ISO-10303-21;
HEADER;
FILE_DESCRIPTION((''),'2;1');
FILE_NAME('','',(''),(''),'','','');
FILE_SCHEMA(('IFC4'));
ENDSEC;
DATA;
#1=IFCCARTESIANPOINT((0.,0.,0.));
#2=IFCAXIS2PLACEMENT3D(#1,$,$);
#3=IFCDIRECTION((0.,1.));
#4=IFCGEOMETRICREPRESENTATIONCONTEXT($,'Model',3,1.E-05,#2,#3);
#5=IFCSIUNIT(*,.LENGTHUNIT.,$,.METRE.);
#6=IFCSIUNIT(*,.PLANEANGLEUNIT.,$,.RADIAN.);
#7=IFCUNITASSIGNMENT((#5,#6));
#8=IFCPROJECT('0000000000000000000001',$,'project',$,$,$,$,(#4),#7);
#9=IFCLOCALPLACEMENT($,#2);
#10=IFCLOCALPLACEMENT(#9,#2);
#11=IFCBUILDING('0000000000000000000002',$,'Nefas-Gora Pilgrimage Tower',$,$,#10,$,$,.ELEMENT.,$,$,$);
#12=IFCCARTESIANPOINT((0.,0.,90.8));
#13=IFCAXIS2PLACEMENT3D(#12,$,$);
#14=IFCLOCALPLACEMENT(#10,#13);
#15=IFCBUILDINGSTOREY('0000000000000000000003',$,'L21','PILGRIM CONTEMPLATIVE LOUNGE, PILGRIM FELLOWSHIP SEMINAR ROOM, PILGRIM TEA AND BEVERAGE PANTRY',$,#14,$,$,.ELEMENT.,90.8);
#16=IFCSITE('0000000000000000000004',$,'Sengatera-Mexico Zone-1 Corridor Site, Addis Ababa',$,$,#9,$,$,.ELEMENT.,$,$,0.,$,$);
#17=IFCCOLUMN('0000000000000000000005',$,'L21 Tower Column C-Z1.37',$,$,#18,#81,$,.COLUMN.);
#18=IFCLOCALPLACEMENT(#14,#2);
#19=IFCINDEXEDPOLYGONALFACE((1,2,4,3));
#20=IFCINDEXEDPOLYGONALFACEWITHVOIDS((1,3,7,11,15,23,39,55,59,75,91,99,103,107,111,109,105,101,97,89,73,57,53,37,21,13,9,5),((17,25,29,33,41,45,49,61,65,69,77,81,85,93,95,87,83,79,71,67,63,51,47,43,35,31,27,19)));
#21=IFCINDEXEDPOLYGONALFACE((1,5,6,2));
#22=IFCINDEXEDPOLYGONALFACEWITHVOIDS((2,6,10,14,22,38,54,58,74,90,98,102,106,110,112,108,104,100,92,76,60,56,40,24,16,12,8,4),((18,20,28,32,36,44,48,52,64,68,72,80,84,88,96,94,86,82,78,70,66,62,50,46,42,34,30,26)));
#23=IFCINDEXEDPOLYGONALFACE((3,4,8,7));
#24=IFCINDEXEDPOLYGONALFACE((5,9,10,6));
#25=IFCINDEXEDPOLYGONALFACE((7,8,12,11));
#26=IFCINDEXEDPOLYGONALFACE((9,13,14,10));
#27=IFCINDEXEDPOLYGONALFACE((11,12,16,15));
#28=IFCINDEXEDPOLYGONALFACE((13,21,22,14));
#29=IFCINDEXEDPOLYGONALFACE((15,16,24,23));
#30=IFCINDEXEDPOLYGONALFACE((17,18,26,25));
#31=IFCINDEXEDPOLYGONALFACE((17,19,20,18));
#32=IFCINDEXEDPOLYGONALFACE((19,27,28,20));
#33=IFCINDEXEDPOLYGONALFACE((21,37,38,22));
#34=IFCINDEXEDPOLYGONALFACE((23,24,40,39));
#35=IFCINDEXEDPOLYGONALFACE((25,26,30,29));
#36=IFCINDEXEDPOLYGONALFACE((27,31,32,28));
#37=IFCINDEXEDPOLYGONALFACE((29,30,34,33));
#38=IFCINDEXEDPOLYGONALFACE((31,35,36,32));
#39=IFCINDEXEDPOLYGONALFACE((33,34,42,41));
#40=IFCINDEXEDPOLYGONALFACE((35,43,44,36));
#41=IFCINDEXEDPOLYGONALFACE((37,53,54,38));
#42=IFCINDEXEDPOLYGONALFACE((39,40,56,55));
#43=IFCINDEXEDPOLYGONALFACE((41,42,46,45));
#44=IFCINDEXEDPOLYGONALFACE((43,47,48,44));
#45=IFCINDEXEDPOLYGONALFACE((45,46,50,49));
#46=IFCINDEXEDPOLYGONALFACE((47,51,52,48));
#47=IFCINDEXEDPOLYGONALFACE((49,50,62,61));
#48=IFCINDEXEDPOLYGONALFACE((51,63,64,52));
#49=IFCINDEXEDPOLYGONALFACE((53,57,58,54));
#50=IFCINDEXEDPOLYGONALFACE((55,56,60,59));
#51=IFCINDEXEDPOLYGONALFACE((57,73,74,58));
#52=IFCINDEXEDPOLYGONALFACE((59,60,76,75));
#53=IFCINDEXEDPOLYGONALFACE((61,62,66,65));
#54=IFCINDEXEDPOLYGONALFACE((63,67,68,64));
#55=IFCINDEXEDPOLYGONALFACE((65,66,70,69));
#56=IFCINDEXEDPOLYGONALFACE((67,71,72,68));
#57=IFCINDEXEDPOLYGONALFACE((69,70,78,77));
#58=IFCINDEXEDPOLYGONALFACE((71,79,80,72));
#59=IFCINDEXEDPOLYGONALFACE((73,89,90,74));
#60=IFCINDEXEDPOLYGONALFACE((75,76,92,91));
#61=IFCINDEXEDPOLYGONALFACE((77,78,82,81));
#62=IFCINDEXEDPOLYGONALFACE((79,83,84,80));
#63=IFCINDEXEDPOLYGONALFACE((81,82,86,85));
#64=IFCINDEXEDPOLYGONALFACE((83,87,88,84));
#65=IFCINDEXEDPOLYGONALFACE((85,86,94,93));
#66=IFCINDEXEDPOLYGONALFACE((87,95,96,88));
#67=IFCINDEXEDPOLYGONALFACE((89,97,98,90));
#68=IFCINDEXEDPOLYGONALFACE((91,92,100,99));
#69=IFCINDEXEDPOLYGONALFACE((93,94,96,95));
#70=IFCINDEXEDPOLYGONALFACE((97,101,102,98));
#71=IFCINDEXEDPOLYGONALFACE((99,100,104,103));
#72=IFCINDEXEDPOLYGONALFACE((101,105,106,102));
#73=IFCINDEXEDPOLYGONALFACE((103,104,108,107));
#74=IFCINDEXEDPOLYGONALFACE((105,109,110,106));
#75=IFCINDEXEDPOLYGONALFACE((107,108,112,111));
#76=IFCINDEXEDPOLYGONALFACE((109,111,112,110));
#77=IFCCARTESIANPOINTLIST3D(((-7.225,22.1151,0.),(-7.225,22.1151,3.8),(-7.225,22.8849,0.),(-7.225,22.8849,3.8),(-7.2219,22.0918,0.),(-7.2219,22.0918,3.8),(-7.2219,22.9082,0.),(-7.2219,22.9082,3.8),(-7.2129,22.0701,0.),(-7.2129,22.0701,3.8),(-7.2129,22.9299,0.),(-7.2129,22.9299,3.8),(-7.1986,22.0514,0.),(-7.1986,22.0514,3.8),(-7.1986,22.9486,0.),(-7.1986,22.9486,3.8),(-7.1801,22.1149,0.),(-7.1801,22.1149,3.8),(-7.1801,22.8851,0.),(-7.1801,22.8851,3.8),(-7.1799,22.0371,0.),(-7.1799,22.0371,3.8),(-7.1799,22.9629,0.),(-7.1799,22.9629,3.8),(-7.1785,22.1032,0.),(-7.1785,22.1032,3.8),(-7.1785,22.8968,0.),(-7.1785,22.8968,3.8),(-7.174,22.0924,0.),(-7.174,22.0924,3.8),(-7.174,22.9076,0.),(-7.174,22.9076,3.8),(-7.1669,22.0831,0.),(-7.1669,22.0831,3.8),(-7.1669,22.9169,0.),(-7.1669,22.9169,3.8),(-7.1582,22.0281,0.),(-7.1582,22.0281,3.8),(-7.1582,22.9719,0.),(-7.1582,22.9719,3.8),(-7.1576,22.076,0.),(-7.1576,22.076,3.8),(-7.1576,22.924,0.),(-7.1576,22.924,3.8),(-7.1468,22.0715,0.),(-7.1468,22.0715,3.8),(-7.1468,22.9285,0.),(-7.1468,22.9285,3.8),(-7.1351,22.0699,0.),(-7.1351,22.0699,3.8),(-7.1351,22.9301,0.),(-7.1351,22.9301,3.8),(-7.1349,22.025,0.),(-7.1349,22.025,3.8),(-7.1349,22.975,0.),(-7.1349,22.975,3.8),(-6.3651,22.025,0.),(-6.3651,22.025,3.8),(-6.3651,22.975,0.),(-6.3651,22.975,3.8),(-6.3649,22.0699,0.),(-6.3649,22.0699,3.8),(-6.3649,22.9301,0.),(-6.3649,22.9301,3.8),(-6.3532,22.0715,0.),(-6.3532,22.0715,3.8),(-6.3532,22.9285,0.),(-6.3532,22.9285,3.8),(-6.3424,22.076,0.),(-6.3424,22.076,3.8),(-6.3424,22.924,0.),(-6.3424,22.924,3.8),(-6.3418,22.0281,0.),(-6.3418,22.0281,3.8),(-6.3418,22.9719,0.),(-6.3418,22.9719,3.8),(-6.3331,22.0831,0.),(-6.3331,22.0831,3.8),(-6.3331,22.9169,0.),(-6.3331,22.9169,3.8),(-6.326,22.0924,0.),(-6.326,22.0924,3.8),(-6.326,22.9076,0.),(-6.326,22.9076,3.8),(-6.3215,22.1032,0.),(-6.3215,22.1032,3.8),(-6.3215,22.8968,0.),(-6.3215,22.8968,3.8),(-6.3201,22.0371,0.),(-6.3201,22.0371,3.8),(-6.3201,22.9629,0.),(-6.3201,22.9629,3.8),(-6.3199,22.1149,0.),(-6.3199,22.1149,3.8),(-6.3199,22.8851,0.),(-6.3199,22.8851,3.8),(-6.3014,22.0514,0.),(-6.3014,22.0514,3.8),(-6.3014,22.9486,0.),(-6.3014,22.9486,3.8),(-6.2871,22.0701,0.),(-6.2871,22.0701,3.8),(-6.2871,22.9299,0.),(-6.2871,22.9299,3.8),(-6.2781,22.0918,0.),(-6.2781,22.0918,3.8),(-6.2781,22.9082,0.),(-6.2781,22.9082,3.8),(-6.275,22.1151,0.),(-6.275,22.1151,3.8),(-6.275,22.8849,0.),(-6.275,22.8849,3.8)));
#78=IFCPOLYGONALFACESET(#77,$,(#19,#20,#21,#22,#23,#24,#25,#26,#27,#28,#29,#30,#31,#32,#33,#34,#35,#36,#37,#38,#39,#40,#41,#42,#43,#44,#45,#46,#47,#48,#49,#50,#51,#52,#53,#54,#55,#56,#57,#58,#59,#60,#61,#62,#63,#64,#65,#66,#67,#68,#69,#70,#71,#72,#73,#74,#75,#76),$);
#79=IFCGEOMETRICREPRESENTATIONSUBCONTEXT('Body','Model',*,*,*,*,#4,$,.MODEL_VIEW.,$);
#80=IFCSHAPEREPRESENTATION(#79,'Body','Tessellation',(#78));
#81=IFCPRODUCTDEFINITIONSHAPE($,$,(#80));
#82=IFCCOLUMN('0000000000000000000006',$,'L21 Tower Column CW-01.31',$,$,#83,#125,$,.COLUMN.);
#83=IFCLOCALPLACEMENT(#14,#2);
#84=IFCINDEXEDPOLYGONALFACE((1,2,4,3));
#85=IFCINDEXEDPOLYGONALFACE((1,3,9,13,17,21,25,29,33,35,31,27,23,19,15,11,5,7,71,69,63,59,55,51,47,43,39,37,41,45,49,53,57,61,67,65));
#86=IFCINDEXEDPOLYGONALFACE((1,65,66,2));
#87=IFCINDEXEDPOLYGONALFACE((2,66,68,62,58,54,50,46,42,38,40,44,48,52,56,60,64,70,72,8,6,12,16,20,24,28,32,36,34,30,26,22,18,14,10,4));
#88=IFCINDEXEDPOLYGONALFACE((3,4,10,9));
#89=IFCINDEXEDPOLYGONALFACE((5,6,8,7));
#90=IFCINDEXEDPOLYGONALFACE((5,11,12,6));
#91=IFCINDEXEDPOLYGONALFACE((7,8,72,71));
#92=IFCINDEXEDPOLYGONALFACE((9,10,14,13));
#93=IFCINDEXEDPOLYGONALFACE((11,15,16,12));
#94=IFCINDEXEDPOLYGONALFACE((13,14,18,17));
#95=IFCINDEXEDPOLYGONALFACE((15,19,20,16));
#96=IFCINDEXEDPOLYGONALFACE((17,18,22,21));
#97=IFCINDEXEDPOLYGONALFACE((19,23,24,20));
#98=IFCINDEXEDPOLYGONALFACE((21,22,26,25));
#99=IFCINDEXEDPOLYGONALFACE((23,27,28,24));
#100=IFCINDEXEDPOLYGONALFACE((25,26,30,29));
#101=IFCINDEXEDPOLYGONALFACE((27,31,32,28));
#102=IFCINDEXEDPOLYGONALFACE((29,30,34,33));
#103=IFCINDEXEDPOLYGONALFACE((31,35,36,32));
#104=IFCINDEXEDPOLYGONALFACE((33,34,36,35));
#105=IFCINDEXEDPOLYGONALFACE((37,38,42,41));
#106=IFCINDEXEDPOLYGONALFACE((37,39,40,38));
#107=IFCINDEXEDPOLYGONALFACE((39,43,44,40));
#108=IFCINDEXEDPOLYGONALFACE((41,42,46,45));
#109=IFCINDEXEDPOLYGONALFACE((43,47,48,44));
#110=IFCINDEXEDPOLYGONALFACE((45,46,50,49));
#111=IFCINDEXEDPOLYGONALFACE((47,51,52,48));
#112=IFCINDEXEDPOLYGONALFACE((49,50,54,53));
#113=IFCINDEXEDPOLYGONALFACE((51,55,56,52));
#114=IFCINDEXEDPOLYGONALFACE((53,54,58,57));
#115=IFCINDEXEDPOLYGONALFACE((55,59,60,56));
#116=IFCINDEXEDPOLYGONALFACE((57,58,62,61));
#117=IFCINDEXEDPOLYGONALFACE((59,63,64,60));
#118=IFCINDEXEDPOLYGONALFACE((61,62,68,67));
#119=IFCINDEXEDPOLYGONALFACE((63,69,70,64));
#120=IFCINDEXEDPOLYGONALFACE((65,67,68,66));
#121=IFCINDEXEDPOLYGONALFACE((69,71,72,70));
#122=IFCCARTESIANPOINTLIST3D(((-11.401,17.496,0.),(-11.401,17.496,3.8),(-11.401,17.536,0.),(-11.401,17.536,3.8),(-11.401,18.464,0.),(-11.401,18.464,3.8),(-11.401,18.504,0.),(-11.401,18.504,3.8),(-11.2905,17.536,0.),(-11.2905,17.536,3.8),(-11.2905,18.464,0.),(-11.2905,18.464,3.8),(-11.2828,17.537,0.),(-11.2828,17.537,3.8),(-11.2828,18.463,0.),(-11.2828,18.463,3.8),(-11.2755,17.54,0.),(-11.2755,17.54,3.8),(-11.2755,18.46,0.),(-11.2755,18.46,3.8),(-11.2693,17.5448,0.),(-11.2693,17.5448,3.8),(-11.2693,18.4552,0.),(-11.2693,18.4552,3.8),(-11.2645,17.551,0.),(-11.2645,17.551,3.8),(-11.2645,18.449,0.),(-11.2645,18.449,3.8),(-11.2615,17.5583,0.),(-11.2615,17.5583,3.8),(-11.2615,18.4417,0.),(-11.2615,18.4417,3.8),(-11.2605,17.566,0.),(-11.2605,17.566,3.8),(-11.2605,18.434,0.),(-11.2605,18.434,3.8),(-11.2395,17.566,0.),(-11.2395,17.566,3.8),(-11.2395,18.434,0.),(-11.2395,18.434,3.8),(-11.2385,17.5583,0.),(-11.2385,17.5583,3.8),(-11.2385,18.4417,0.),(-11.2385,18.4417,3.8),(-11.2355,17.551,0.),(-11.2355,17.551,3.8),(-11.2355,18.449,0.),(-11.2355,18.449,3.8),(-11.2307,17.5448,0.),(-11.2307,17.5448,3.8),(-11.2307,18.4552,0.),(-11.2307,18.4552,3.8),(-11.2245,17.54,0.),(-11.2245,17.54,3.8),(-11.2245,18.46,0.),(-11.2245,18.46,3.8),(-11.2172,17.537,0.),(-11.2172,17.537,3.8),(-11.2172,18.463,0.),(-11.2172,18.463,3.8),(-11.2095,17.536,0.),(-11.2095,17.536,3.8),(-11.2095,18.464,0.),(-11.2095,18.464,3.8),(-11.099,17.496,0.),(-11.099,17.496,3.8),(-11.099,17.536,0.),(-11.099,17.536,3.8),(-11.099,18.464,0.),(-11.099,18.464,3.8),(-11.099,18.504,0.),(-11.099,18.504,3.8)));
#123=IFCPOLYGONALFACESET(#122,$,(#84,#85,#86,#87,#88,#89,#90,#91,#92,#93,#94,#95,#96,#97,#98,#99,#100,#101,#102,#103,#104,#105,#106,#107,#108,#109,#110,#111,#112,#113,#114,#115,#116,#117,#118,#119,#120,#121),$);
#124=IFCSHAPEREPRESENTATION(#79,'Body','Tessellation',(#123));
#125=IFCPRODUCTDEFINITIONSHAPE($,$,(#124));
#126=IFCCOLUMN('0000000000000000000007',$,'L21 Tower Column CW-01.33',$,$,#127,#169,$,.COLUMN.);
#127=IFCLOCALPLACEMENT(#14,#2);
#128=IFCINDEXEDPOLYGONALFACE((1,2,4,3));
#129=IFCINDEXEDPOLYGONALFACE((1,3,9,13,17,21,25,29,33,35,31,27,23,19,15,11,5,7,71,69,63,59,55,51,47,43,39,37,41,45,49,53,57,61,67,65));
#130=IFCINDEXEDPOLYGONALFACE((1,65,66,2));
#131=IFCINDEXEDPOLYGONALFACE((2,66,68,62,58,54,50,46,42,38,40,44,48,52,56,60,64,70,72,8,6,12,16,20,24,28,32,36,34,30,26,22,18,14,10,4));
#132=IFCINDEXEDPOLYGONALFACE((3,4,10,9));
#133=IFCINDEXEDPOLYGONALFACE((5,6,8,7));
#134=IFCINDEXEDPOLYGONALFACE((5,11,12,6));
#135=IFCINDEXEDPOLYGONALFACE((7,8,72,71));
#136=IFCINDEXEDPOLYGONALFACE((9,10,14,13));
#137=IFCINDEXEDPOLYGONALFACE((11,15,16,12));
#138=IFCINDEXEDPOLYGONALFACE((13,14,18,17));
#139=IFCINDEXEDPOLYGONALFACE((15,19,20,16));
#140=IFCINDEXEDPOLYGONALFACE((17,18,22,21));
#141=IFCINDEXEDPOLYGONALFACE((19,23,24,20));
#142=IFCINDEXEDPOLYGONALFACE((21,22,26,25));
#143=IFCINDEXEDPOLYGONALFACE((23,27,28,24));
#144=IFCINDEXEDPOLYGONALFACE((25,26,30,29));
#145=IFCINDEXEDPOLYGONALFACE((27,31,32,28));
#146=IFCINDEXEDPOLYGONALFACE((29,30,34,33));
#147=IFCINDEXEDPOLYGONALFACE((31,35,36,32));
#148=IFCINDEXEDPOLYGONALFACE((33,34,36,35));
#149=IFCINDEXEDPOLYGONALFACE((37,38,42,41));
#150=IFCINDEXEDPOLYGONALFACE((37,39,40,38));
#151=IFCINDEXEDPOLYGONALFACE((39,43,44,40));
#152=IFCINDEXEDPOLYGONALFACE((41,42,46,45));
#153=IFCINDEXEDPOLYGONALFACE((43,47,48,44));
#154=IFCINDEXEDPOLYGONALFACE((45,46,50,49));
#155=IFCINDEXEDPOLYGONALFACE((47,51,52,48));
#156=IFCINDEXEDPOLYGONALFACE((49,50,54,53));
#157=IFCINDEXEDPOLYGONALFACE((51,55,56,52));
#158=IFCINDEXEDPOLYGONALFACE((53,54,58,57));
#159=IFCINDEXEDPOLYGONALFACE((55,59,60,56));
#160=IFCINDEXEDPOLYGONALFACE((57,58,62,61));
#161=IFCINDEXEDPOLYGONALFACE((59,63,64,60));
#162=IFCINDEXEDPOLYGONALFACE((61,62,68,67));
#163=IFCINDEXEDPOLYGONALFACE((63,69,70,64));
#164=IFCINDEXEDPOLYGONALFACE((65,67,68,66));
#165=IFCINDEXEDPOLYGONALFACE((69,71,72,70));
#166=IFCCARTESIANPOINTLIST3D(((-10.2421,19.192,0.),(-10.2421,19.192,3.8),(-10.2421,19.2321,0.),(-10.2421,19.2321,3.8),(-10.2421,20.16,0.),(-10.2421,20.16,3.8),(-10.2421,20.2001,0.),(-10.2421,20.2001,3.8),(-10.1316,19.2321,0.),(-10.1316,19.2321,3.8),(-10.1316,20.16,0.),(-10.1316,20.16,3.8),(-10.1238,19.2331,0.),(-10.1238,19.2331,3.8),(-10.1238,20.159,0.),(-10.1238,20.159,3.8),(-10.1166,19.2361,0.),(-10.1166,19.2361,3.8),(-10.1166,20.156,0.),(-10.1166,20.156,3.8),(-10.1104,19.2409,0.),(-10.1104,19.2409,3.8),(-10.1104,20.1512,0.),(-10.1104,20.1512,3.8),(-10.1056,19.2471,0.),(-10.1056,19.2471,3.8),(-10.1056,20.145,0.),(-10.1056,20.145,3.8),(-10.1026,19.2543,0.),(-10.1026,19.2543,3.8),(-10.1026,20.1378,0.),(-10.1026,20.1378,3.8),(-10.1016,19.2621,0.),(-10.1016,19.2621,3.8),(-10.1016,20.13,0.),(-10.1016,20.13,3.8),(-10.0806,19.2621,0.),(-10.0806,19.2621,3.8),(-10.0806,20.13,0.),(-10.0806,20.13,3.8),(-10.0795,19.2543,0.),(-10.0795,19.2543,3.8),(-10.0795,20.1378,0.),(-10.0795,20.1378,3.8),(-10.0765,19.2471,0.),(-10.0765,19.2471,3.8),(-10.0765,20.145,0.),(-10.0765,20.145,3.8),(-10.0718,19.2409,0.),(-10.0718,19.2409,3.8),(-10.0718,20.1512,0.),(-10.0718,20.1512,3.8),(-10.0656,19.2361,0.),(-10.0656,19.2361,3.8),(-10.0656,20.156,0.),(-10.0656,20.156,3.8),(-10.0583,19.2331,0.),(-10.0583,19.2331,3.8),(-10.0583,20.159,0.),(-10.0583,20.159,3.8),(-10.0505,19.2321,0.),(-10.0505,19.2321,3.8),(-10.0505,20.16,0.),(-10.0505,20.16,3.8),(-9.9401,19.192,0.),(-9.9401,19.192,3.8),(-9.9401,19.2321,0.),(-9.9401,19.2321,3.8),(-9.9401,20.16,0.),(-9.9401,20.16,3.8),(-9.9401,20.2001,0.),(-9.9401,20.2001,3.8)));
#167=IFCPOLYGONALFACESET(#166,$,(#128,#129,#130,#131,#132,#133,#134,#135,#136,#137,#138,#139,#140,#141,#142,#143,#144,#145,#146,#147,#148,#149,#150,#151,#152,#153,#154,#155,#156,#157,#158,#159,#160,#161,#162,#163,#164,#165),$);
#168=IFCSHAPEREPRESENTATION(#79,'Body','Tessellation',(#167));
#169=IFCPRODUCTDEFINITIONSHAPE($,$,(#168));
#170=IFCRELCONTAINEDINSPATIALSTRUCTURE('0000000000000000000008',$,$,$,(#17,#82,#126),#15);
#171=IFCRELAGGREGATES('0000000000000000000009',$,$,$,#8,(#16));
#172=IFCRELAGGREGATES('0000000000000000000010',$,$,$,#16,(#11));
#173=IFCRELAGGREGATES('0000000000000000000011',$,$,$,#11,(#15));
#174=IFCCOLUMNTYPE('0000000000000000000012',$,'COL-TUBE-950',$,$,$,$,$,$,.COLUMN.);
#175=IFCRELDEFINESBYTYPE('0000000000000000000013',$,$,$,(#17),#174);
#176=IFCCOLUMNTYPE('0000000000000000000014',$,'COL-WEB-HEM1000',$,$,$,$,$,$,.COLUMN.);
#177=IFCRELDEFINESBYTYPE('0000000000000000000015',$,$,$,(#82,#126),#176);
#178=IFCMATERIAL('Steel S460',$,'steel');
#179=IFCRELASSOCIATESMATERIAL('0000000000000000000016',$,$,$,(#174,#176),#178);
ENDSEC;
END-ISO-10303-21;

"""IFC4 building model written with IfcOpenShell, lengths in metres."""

from ifc_helpers import new_model, si_unit, direction, frame, origin, origin_2d, place, context, subcontext, project, spatial, hollow_rectangle, i_section, extrude, source, transform, mapped, material, material_profile, profile_set, type_object, element, save


model = new_model("IFC4")

# Units and contexts
model_context = context("Model", 3, precision=1e-05, world=origin(), true_north=direction((0.0, 1.0)))
body_context = subcontext(model_context, "Body", "Model", "MODEL_VIEW")
ifc_project = project(units=[si_unit("LENGTHUNIT", "METRE"), si_unit("PLANEANGLEUNIT", "RADIAN")], contexts=[model_context])

# Site, building, storey
site_placement = place(None, origin())
site = spatial("IfcSite", under=ifc_project, at=site_placement, Name="Sengatera-Mexico Zone-1 Corridor Site, Addis Ababa", CompositionType="ELEMENT", RefElevation=0.0)
building_placement = place(site_placement, origin())
building = spatial("IfcBuilding", under=site, at=building_placement, Name="Nefas-Gora Pilgrimage Tower", CompositionType="ELEMENT")
storey_placement = place(building_placement, frame((0.0, 0.0, 90.8)))
storey = spatial("IfcBuildingStorey", under=building, at=storey_placement, Name="L21", Description="PILGRIM CONTEMPLATIVE LOUNGE, PILGRIM FELLOWSHIP SEMINAR ROOM, PILGRIM TEA AND BEVERAGE PANTRY", CompositionType="ELEMENT", Elevation=90.8)

# Columns
ifc_material_1 = material(Name="Steel S460", Category="steel")
ifc_material_profile_1 = material_profile(ifc_material_1, hollow_rectangle(XDim=0.95, YDim=0.95, WallThickness=0.0449, InnerFilletRadius=0.0449, OuterFilletRadius=0.0901, at=origin_2d()), Name="BOX 950x950x45")
ifc_profile_set_1 = profile_set([ifc_material_profile_1], Name="Steel S460")
column_type_1 = type_object("IfcColumnType", Name="COL-TUBE-950", PredefinedType="COLUMN", material=ifc_profile_set_1)
shared_shape_1 = source(origin(), body_context, "Body", "SweptSolid", [
    extrude(hollow_rectangle(XDim=0.95, YDim=0.95, WallThickness=0.0449, InnerFilletRadius=0.0449, OuterFilletRadius=0.0901, at=origin_2d()), origin(), (0.0, 0.0, 1.0), 3.8),
])
column_placement = place(storey_placement, frame((-6.75, 22.5, 0.0), z_axis=(0.0, 0.0, 1.0), x_axis=(1.0, 0.0, 0.0)))
element("IfcColumn", 1, at=column_placement, inside=storey, type_object=column_type_1, Name="L21 Tower Column C-Z1.37", PredefinedType="COLUMN", context=body_context, shape_type="MappedRepresentation", body=[
    mapped(shared_shape_1, transform((0.0, 0.0, 0.0), x_axis=(1.0, 0.0, 0.0), y_axis=(0.0, 1.0, 0.0), z_axis=(0.0, 0.0, 1.0), scale=1.0)),
])
ifc_material_profile_2 = material_profile(ifc_material_1, i_section(OverallWidth=0.302, OverallDepth=1.0081, WebThickness=0.021, FlangeThickness=0.04, FilletRadius=0.03, at=origin_2d()), Name="HEM 1000")
ifc_profile_set_2 = profile_set([ifc_material_profile_2], Name="Steel S460")
column_type_2 = type_object("IfcColumnType", Name="COL-WEB-HEM1000", PredefinedType="COLUMN", material=ifc_profile_set_2)
shared_shape_2 = source(origin(), body_context, "Body", "SweptSolid", [
    extrude(i_section(OverallWidth=0.302, OverallDepth=1.0081, WebThickness=0.021, FlangeThickness=0.04, FilletRadius=0.03, at=origin_2d()), origin(), (0.0, 0.0, 1.0), 3.8),
])
for number, where, z_axis, x_axis, name in (
    (2, (-11.25, 18.0, 0.0), (0.0, 0.0, 1.0), (1.0, 0.0, 0.0), "L21 Tower Column CW-01.31"),
    (3, (-10.0911, 19.696, 0.0), (0.0, 0.0, 1.0), (1.0, 0.0, 0.0), "L21 Tower Column CW-01.33"),
):
    element("IfcColumn", number, at=place(storey_placement, frame(where, z_axis=z_axis, x_axis=x_axis)), inside=storey, type_object=column_type_2, Name=name, PredefinedType="COLUMN", context=body_context, shape_type="MappedRepresentation", body=[
        mapped(shared_shape_2, transform((0.0, 0.0, 0.0), x_axis=(1.0, 0.0, 0.0), y_axis=(0.0, 1.0, 0.0), z_axis=(0.0, 0.0, 1.0), scale=1.0)),
    ])

save(model, "model.ifc")
